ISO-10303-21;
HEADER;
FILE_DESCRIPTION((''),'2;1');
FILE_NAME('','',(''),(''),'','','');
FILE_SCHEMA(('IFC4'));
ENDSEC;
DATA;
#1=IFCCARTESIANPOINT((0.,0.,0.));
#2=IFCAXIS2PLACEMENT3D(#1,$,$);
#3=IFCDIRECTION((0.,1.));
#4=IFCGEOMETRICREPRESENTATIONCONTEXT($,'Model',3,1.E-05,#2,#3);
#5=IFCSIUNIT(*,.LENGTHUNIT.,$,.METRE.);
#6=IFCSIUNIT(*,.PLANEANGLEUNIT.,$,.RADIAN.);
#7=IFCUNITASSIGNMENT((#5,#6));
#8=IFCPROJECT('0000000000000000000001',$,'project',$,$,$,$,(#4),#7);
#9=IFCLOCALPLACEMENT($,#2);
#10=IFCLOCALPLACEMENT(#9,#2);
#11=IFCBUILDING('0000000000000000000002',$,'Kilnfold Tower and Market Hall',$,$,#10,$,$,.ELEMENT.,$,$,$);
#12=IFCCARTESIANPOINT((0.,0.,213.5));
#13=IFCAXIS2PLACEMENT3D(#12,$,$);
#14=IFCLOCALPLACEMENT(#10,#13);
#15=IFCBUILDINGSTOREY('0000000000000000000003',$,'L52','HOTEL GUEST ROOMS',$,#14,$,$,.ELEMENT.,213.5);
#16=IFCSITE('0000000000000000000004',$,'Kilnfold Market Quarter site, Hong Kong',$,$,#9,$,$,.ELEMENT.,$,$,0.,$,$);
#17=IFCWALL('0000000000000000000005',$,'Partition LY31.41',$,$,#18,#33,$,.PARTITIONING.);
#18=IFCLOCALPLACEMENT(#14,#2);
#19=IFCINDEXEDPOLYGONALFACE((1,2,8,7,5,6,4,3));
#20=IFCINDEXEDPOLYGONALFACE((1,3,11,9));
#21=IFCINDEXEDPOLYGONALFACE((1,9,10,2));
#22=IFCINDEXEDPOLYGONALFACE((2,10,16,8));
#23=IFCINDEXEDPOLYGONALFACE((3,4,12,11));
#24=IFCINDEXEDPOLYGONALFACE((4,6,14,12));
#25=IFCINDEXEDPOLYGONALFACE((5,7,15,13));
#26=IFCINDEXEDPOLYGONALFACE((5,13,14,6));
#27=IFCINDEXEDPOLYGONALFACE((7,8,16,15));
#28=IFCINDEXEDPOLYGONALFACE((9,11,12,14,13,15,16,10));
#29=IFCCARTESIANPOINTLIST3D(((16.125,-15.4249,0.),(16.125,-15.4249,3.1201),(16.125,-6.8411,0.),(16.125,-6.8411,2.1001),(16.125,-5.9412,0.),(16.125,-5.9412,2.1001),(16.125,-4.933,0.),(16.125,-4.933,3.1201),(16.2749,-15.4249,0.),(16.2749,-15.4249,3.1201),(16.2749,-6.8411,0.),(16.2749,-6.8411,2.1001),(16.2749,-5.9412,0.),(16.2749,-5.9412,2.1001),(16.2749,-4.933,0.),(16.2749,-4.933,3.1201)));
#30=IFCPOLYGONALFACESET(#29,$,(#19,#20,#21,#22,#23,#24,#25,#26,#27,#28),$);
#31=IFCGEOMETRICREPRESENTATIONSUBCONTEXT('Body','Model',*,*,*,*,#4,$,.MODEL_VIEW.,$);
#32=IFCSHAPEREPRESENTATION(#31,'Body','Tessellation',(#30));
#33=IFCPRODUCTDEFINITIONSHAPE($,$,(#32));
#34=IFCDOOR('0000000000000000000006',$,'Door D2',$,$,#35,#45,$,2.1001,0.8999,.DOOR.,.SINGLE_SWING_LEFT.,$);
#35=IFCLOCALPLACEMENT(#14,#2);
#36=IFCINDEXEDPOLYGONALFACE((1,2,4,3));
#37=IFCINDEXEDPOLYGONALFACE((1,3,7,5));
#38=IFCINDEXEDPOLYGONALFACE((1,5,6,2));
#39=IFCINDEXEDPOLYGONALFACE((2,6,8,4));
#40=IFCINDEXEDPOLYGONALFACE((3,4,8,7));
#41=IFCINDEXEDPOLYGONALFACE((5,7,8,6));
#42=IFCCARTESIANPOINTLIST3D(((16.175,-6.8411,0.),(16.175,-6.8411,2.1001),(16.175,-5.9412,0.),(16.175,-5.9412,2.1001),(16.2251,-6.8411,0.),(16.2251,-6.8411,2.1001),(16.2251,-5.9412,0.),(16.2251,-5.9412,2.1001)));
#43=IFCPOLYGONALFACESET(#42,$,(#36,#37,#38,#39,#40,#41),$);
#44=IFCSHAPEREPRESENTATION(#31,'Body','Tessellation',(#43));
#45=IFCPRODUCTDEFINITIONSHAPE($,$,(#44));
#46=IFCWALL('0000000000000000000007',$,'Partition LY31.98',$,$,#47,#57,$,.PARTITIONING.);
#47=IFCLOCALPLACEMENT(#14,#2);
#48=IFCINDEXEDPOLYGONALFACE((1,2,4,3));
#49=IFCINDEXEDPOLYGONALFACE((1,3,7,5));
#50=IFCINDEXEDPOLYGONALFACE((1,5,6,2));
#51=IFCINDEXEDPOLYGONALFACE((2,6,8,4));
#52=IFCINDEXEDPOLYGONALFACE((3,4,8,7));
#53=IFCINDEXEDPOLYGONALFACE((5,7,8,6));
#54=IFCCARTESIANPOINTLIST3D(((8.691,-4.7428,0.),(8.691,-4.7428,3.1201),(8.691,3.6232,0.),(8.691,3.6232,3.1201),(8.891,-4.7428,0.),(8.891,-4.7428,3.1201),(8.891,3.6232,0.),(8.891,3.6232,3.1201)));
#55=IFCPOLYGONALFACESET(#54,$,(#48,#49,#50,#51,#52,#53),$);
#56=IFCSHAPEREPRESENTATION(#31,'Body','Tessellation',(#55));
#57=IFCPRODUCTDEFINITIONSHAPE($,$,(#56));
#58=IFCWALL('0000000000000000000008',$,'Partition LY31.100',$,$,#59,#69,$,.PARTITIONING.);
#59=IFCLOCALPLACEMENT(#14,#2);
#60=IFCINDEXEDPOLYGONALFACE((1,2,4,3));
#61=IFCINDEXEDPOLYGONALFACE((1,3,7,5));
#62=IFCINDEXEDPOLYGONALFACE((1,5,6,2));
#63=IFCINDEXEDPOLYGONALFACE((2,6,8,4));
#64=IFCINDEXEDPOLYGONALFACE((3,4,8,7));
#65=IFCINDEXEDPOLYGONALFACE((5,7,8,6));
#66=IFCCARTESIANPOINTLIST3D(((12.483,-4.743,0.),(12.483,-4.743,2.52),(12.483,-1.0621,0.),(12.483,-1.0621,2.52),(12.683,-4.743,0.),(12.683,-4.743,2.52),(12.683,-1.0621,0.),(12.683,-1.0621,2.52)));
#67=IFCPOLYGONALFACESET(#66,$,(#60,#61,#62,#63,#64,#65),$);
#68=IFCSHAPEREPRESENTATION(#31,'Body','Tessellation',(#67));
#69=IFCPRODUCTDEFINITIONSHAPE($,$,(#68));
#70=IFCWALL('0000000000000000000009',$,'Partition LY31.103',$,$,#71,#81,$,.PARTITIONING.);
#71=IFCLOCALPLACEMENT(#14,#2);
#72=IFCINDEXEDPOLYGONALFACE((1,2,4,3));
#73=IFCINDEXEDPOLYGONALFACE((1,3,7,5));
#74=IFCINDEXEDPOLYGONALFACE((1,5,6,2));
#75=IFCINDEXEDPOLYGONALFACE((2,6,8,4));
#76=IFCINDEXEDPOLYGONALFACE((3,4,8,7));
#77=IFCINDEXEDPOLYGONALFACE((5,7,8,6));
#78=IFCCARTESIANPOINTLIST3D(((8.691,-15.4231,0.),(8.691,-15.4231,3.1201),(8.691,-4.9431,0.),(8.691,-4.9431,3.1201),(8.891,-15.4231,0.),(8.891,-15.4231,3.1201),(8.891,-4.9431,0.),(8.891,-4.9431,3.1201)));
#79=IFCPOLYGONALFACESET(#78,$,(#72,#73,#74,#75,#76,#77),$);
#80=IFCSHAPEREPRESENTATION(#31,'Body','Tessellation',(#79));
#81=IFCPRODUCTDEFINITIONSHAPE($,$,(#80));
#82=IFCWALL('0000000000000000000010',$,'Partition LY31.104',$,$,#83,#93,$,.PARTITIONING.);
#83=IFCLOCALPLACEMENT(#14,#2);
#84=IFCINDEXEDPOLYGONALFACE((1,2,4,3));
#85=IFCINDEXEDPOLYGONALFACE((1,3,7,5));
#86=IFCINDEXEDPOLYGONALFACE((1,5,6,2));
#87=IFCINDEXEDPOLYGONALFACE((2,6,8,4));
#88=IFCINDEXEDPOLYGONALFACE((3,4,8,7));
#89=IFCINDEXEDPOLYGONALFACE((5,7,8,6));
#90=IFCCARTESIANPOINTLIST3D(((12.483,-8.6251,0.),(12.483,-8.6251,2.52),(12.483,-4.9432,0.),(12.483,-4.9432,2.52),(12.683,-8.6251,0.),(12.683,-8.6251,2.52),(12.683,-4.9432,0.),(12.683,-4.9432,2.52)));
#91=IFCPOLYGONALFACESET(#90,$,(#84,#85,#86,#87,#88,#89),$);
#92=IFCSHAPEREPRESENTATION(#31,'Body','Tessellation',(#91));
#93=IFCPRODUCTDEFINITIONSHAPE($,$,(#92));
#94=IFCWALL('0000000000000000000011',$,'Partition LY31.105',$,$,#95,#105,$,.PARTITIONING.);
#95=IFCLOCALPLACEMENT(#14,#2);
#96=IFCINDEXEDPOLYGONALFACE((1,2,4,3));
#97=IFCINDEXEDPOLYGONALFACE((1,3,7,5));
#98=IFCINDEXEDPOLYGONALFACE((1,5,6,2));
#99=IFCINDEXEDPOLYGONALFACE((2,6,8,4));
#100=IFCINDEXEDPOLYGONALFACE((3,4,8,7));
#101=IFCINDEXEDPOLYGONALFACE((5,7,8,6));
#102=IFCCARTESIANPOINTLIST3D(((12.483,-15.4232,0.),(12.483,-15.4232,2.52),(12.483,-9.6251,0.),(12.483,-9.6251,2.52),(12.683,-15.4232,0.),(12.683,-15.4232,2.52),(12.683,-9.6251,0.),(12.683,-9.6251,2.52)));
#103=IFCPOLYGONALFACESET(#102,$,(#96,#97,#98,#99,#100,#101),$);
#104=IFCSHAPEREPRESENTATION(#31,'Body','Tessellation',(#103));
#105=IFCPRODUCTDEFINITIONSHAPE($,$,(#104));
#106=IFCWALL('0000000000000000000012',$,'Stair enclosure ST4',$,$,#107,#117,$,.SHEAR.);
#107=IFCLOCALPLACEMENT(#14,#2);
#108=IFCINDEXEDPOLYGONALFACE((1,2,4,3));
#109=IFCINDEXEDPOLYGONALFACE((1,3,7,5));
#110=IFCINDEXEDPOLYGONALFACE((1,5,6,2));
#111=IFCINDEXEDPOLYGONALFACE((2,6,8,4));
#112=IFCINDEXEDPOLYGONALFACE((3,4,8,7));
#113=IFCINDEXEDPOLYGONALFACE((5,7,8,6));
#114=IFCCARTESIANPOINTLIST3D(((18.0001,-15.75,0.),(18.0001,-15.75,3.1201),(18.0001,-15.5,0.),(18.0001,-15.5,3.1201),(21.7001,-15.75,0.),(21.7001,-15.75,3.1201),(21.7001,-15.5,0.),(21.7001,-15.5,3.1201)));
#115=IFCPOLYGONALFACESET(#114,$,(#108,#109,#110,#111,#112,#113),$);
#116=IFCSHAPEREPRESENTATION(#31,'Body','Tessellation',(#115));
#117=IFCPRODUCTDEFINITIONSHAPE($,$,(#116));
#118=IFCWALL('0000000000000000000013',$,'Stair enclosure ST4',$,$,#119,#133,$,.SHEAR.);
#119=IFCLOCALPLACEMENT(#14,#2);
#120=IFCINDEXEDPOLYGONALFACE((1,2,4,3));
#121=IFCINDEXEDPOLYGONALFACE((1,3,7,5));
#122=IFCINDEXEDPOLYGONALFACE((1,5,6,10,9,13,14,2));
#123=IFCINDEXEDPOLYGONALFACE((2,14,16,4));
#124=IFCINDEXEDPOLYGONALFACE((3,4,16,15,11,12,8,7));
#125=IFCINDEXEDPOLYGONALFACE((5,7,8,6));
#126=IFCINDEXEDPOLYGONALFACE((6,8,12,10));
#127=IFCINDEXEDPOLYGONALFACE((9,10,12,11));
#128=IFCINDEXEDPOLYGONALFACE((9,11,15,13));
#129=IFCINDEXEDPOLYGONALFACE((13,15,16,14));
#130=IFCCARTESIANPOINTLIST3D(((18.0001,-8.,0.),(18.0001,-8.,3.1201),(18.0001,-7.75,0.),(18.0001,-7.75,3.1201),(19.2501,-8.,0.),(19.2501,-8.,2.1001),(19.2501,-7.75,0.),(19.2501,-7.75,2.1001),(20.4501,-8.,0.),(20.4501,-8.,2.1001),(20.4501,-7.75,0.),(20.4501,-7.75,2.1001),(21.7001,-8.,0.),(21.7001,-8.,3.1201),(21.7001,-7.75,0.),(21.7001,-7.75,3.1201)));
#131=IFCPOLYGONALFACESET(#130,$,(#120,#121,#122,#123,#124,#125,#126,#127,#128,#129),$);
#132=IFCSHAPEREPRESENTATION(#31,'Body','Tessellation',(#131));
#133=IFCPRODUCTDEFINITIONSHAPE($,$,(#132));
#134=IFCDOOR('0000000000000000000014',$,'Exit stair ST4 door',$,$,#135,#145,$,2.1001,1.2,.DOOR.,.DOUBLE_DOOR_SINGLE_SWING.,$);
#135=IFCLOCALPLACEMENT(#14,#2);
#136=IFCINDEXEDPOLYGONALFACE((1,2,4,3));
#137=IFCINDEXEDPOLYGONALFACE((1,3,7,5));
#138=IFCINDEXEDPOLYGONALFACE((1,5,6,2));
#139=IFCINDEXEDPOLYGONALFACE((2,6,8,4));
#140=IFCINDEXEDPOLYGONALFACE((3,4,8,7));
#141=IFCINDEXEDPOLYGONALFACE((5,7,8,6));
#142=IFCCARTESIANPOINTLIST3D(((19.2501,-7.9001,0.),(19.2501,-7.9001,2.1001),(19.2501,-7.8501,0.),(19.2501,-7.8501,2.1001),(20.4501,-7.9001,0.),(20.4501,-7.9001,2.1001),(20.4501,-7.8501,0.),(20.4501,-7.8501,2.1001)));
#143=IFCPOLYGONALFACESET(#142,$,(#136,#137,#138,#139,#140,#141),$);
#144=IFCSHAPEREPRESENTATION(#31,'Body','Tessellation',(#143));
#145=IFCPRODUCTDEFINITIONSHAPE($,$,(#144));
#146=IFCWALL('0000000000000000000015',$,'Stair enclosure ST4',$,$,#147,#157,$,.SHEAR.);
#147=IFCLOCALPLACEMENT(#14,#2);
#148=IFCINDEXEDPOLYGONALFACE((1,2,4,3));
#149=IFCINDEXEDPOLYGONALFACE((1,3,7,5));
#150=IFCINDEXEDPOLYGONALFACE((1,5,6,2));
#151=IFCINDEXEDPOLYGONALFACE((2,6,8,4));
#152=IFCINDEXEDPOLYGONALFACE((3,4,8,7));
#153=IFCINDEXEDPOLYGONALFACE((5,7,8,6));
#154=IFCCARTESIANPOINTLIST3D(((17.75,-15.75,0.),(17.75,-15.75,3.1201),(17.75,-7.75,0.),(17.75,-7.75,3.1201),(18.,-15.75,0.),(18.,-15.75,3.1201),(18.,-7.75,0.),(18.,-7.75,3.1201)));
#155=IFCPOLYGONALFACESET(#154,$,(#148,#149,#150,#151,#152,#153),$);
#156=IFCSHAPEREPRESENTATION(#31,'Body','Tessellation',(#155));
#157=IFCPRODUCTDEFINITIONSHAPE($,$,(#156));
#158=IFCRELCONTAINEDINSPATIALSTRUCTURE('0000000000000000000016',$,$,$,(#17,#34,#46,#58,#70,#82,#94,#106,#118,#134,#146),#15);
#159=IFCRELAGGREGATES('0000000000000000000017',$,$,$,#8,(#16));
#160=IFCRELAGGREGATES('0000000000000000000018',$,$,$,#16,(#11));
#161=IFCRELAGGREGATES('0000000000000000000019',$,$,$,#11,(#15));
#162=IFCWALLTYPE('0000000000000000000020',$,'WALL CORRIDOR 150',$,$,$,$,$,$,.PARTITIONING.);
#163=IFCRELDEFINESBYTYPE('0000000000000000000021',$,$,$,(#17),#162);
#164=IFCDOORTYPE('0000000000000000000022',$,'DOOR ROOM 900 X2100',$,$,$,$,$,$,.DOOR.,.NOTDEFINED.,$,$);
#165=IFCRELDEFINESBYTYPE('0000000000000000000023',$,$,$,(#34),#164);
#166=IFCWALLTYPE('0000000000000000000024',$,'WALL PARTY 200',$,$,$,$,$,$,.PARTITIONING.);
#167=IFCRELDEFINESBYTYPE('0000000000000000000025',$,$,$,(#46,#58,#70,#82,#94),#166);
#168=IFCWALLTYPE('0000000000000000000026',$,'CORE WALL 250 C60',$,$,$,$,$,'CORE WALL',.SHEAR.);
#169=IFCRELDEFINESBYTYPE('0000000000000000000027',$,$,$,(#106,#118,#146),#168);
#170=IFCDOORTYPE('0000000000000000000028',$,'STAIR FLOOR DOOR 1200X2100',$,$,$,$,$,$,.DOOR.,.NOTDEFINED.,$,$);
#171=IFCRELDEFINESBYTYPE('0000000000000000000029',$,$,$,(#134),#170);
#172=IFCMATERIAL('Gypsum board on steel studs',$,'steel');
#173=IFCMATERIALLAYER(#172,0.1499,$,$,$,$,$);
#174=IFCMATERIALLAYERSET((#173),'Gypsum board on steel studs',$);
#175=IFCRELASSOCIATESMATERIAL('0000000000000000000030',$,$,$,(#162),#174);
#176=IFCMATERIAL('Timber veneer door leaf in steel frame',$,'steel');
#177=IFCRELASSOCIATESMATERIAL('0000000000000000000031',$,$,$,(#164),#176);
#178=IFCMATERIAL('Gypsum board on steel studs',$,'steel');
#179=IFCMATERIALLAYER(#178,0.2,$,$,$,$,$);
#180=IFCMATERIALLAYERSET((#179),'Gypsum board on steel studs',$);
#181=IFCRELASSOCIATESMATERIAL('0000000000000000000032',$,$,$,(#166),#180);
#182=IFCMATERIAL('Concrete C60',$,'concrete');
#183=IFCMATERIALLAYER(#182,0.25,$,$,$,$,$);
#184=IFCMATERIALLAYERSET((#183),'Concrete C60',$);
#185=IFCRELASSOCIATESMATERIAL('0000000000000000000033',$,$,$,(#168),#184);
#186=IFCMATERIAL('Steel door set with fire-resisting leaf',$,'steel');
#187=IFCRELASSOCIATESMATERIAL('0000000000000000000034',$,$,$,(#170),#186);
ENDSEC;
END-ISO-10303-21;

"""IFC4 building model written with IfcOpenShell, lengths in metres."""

from ifc_helpers import new_model, si_unit, direction, frame, frame_2d, origin, place, context, subcontext, project, spatial, rectangle, extrude, source, transform, mapped, material, layer, layer_set, type_object, element, fill, save


model = new_model("IFC4")

# Units and contexts
model_context = context("Model", 3, precision=1e-05, world=origin(), true_north=direction((0.0, 1.0)))
body_context = subcontext(model_context, "Body", "Model", "MODEL_VIEW")
ifc_project = project(units=[si_unit("LENGTHUNIT", "METRE"), si_unit("PLANEANGLEUNIT", "RADIAN")], contexts=[model_context])

# Site, building, storey
site_placement = place(None, origin())
site = spatial("IfcSite", under=ifc_project, at=site_placement, Name="Kilnfold Market Quarter site, Hong Kong", CompositionType="ELEMENT", RefElevation=0.0)
building_placement = place(site_placement, origin())
building = spatial("IfcBuilding", under=site, at=building_placement, Name="Kilnfold Tower and Market Hall", CompositionType="ELEMENT")
storey_placement = place(building_placement, frame((0.0, 0.0, 213.5)))
storey = spatial("IfcBuildingStorey", under=building, at=storey_placement, Name="L52", Description="HOTEL GUEST ROOMS", CompositionType="ELEMENT", Elevation=213.5)

# Shared definitions
ifc_material_1 = material(Name="Gypsum board on steel studs", Category="steel")
ifc_layer_1 = layer(ifc_material_1, 0.1499)
ifc_layer_set_1 = layer_set([ifc_layer_1], Name="Gypsum board on steel studs")
wall_type_1 = type_object("IfcWallType", Name="WALL CORRIDOR 150", PredefinedType="PARTITIONING", material=ifc_layer_set_1)
ifc_material_2 = material(Name="Timber veneer door leaf in steel frame", Category="steel")
door_type_1 = type_object("IfcDoorType", Name="DOOR ROOM 900 X2100", OperationType="NOTDEFINED", PredefinedType="DOOR", material=ifc_material_2)

# Wall, opening, door
wall_1_placement = place(storey_placement, frame((16.2, -15.425, 0.0), z_axis=(0.0, 0.0, 1.0), x_axis=(0.0, 1.0, 0.0)))
wall_1 = element("IfcWall", 1, at=wall_1_placement, inside=storey, type_object=wall_type_1, Name="Partition LY31.41", PredefinedType="PARTITIONING", context=body_context, shape_type="SweptSolid", body=[
    extrude(rectangle(XDim=10.4919, YDim=0.1499, at=frame_2d((5.2461, 0.0))), origin(), (0.0, 0.0, 1.0), 3.1201),
])
opening_1_placement = place(wall_1_placement, frame((8.584, 0.0, 0.0)))
opening_1 = element("IfcOpeningElement", 2, at=opening_1_placement, cuts=wall_1, PredefinedType="OPENING", context=body_context, shape_type="SweptSolid", body=[
    extrude(rectangle(XDim=0.8999, YDim=2.1001, at=frame_2d((0.45, 1.05))), frame((0.0, 0.085, 0.0), z_axis=(0.0, -1.0, 0.0), x_axis=(1.0, 0.0, 0.0)), (0.0, 0.0, 1.0), 0.1699),
])
door_1_placement = place(opening_1_placement, origin())
door_1 = element("IfcDoor", 3, at=door_1_placement, inside=storey, type_object=door_type_1, Name="Door D2", OperationType="SINGLE_SWING_LEFT", OverallHeight=2.1001, OverallWidth=0.8999, PredefinedType="DOOR", context=body_context, shape_type="SweptSolid", body=[
    extrude(rectangle(XDim=0.8999, YDim=2.1001, at=frame_2d((0.45, 1.05))), frame((0.0, 0.0249, 0.0), z_axis=(0.0, -1.0, 0.0), x_axis=(1.0, 0.0, 0.0)), (0.0, 0.0, 1.0), 0.05),
])
fill(opening_1, door_1)

# Walls
ifc_material_3 = material(Name="Gypsum board on steel studs", Category="steel")
ifc_layer_2 = layer(ifc_material_3, 0.2)
ifc_layer_set_2 = layer_set([ifc_layer_2], Name="Gypsum board on steel studs")
wall_type_2 = type_object("IfcWallType", Name="WALL PARTY 200", PredefinedType="PARTITIONING", material=ifc_layer_set_2)
wall_2_placement = place(storey_placement, frame((8.791, -4.7429, 0.0), z_axis=(0.0, 0.0, 1.0), x_axis=(0.0, 1.0, 0.0)))
element("IfcWall", 4, at=wall_2_placement, inside=storey, type_object=wall_type_2, Name="Partition LY31.98", PredefinedType="PARTITIONING", context=body_context, shape_type="SweptSolid", body=[
    extrude(rectangle(XDim=8.366, YDim=0.2, at=frame_2d((4.1831, 0.0))), origin(), (0.0, 0.0, 1.0), 3.1201),
])
wall_3_placement = place(storey_placement, frame((12.583, -4.7429, 0.0), z_axis=(0.0, 0.0, 1.0), x_axis=(0.0, 1.0, 0.0)))
element("IfcWall", 5, at=wall_3_placement, inside=storey, type_object=wall_type_2, Name="Partition LY31.100", PredefinedType="PARTITIONING", context=body_context, shape_type="SweptSolid", body=[
    extrude(rectangle(XDim=3.6809, YDim=0.2, at=frame_2d((1.8403, 0.0))), origin(), (0.0, 0.0, 1.0), 2.52),
])
wall_4_placement = place(storey_placement, frame((8.791, -15.4231, 0.0), z_axis=(0.0, 0.0, 1.0), x_axis=(0.0, 1.0, 0.0)))
element("IfcWall", 6, at=wall_4_placement, inside=storey, type_object=wall_type_2, Name="Partition LY31.103", PredefinedType="PARTITIONING", context=body_context, shape_type="SweptSolid", body=[
    extrude(rectangle(XDim=10.48, YDim=0.2, at=frame_2d((5.24, 0.0))), origin(), (0.0, 0.0, 1.0), 3.1201),
])
wall_5_placement = place(storey_placement, frame((12.583, -8.625, 0.0), z_axis=(0.0, 0.0, 1.0), x_axis=(0.0, 1.0, 0.0)))
element("IfcWall", 7, at=wall_5_placement, inside=storey, type_object=wall_type_2, Name="Partition LY31.104", PredefinedType="PARTITIONING", context=body_context, shape_type="SweptSolid", body=[
    extrude(rectangle(XDim=3.6819, YDim=0.2, at=frame_2d((1.8408, 0.0))), origin(), (0.0, 0.0, 1.0), 2.52),
])
wall_6_placement = place(storey_placement, frame((12.583, -15.4231, 0.0), z_axis=(0.0, 0.0, 1.0), x_axis=(0.0, 1.0, 0.0)))
element("IfcWall", 8, at=wall_6_placement, inside=storey, type_object=wall_type_2, Name="Partition LY31.105", PredefinedType="PARTITIONING", context=body_context, shape_type="SweptSolid", body=[
    extrude(rectangle(XDim=5.7981, YDim=0.2, at=frame_2d((2.8989, 0.0))), origin(), (0.0, 0.0, 1.0), 2.52),
])
ifc_material_4 = material(Name="Concrete C60", Category="concrete")
ifc_layer_3 = layer(ifc_material_4, 0.25)
ifc_layer_set_3 = layer_set([ifc_layer_3], Name="Concrete C60")
wall_type_3 = type_object("IfcWallType", Name="CORE WALL 250 C60", ElementType="CORE WALL", PredefinedType="SHEAR", material=ifc_layer_set_3)
shared_shape_1 = source(origin(), body_context, "Body", "SweptSolid", [
    extrude(rectangle(XDim=3.7, YDim=0.25, at=frame_2d((1.8501, 0.0))), origin(), (0.0, 0.0, 1.0), 3.1201),
])
wall_7_placement = place(storey_placement, frame((18.0, -15.625, 0.0), z_axis=(0.0, 0.0, 1.0), x_axis=(1.0, 0.0, 0.0)))
element("IfcWall", 9, at=wall_7_placement, inside=storey, type_object=wall_type_3, Name="Stair enclosure ST4", PredefinedType="SHEAR", context=body_context, shape_type="MappedRepresentation", body=[
    mapped(shared_shape_1, transform((0.0, 0.0, 0.0))),
])

# Wall, opening, door
wall_8_placement = place(storey_placement, frame((18.0, -7.875, 0.0), z_axis=(0.0, 0.0, 1.0), x_axis=(1.0, 0.0, 0.0)))
wall_8 = element("IfcWall", 10, at=wall_8_placement, inside=storey, type_object=wall_type_3, Name="Stair enclosure ST4", PredefinedType="SHEAR", context=body_context, shape_type="MappedRepresentation", body=[
    mapped(shared_shape_1, transform((0.0, 0.0, 0.0))),
])
opening_2_placement = place(wall_8_placement, frame((1.25, 0.0, 0.0)))
opening_2 = element("IfcOpeningElement", 11, at=opening_2_placement, cuts=wall_8, PredefinedType="OPENING", context=body_context, shape_type="SweptSolid", body=[
    extrude(rectangle(XDim=1.2, YDim=2.1001, at=frame_2d((0.6001, 1.05))), frame((0.0, 0.135, 0.0), z_axis=(0.0, -1.0, 0.0), x_axis=(1.0, 0.0, 0.0)), (0.0, 0.0, 1.0), 0.27),
])
ifc_material_5 = material(Name="Steel door set with fire-resisting leaf", Category="steel")
door_type_2 = type_object("IfcDoorType", Name="STAIR FLOOR DOOR 1200X2100", OperationType="NOTDEFINED", PredefinedType="DOOR", material=ifc_material_5)
door_2_placement = place(opening_2_placement, origin())
door_2 = element("IfcDoor", 12, at=door_2_placement, inside=storey, type_object=door_type_2, Name="Exit stair ST4 door", OperationType="DOUBLE_DOOR_SINGLE_SWING", OverallHeight=2.1001, OverallWidth=1.2, PredefinedType="DOOR", context=body_context, shape_type="SweptSolid", body=[
    extrude(rectangle(XDim=1.2, YDim=2.1001, at=frame_2d((0.6001, 1.05))), frame((0.0, 0.0249, 0.0), z_axis=(0.0, -1.0, 0.0), x_axis=(1.0, 0.0, 0.0)), (0.0, 0.0, 1.0), 0.05),
])
fill(opening_2, door_2)

# Wall
shared_shape_2 = source(origin(), body_context, "Body", "SweptSolid", [
    extrude(rectangle(XDim=8.0, YDim=0.25, at=frame_2d((4.0, 0.0))), origin(), (0.0, 0.0, 1.0), 3.1201),
])
wall_9_placement = place(storey_placement, frame((17.875, -15.75, 0.0), z_axis=(0.0, 0.0, 1.0), x_axis=(0.0, 1.0, 0.0)))
element("IfcWall", 13, at=wall_9_placement, inside=storey, type_object=wall_type_3, Name="Stair enclosure ST4", PredefinedType="SHEAR", context=body_context, shape_type="MappedRepresentation", body=[
    mapped(shared_shape_2, transform((0.0, 0.0, 0.0))),
])

save(model, "model.ifc")
